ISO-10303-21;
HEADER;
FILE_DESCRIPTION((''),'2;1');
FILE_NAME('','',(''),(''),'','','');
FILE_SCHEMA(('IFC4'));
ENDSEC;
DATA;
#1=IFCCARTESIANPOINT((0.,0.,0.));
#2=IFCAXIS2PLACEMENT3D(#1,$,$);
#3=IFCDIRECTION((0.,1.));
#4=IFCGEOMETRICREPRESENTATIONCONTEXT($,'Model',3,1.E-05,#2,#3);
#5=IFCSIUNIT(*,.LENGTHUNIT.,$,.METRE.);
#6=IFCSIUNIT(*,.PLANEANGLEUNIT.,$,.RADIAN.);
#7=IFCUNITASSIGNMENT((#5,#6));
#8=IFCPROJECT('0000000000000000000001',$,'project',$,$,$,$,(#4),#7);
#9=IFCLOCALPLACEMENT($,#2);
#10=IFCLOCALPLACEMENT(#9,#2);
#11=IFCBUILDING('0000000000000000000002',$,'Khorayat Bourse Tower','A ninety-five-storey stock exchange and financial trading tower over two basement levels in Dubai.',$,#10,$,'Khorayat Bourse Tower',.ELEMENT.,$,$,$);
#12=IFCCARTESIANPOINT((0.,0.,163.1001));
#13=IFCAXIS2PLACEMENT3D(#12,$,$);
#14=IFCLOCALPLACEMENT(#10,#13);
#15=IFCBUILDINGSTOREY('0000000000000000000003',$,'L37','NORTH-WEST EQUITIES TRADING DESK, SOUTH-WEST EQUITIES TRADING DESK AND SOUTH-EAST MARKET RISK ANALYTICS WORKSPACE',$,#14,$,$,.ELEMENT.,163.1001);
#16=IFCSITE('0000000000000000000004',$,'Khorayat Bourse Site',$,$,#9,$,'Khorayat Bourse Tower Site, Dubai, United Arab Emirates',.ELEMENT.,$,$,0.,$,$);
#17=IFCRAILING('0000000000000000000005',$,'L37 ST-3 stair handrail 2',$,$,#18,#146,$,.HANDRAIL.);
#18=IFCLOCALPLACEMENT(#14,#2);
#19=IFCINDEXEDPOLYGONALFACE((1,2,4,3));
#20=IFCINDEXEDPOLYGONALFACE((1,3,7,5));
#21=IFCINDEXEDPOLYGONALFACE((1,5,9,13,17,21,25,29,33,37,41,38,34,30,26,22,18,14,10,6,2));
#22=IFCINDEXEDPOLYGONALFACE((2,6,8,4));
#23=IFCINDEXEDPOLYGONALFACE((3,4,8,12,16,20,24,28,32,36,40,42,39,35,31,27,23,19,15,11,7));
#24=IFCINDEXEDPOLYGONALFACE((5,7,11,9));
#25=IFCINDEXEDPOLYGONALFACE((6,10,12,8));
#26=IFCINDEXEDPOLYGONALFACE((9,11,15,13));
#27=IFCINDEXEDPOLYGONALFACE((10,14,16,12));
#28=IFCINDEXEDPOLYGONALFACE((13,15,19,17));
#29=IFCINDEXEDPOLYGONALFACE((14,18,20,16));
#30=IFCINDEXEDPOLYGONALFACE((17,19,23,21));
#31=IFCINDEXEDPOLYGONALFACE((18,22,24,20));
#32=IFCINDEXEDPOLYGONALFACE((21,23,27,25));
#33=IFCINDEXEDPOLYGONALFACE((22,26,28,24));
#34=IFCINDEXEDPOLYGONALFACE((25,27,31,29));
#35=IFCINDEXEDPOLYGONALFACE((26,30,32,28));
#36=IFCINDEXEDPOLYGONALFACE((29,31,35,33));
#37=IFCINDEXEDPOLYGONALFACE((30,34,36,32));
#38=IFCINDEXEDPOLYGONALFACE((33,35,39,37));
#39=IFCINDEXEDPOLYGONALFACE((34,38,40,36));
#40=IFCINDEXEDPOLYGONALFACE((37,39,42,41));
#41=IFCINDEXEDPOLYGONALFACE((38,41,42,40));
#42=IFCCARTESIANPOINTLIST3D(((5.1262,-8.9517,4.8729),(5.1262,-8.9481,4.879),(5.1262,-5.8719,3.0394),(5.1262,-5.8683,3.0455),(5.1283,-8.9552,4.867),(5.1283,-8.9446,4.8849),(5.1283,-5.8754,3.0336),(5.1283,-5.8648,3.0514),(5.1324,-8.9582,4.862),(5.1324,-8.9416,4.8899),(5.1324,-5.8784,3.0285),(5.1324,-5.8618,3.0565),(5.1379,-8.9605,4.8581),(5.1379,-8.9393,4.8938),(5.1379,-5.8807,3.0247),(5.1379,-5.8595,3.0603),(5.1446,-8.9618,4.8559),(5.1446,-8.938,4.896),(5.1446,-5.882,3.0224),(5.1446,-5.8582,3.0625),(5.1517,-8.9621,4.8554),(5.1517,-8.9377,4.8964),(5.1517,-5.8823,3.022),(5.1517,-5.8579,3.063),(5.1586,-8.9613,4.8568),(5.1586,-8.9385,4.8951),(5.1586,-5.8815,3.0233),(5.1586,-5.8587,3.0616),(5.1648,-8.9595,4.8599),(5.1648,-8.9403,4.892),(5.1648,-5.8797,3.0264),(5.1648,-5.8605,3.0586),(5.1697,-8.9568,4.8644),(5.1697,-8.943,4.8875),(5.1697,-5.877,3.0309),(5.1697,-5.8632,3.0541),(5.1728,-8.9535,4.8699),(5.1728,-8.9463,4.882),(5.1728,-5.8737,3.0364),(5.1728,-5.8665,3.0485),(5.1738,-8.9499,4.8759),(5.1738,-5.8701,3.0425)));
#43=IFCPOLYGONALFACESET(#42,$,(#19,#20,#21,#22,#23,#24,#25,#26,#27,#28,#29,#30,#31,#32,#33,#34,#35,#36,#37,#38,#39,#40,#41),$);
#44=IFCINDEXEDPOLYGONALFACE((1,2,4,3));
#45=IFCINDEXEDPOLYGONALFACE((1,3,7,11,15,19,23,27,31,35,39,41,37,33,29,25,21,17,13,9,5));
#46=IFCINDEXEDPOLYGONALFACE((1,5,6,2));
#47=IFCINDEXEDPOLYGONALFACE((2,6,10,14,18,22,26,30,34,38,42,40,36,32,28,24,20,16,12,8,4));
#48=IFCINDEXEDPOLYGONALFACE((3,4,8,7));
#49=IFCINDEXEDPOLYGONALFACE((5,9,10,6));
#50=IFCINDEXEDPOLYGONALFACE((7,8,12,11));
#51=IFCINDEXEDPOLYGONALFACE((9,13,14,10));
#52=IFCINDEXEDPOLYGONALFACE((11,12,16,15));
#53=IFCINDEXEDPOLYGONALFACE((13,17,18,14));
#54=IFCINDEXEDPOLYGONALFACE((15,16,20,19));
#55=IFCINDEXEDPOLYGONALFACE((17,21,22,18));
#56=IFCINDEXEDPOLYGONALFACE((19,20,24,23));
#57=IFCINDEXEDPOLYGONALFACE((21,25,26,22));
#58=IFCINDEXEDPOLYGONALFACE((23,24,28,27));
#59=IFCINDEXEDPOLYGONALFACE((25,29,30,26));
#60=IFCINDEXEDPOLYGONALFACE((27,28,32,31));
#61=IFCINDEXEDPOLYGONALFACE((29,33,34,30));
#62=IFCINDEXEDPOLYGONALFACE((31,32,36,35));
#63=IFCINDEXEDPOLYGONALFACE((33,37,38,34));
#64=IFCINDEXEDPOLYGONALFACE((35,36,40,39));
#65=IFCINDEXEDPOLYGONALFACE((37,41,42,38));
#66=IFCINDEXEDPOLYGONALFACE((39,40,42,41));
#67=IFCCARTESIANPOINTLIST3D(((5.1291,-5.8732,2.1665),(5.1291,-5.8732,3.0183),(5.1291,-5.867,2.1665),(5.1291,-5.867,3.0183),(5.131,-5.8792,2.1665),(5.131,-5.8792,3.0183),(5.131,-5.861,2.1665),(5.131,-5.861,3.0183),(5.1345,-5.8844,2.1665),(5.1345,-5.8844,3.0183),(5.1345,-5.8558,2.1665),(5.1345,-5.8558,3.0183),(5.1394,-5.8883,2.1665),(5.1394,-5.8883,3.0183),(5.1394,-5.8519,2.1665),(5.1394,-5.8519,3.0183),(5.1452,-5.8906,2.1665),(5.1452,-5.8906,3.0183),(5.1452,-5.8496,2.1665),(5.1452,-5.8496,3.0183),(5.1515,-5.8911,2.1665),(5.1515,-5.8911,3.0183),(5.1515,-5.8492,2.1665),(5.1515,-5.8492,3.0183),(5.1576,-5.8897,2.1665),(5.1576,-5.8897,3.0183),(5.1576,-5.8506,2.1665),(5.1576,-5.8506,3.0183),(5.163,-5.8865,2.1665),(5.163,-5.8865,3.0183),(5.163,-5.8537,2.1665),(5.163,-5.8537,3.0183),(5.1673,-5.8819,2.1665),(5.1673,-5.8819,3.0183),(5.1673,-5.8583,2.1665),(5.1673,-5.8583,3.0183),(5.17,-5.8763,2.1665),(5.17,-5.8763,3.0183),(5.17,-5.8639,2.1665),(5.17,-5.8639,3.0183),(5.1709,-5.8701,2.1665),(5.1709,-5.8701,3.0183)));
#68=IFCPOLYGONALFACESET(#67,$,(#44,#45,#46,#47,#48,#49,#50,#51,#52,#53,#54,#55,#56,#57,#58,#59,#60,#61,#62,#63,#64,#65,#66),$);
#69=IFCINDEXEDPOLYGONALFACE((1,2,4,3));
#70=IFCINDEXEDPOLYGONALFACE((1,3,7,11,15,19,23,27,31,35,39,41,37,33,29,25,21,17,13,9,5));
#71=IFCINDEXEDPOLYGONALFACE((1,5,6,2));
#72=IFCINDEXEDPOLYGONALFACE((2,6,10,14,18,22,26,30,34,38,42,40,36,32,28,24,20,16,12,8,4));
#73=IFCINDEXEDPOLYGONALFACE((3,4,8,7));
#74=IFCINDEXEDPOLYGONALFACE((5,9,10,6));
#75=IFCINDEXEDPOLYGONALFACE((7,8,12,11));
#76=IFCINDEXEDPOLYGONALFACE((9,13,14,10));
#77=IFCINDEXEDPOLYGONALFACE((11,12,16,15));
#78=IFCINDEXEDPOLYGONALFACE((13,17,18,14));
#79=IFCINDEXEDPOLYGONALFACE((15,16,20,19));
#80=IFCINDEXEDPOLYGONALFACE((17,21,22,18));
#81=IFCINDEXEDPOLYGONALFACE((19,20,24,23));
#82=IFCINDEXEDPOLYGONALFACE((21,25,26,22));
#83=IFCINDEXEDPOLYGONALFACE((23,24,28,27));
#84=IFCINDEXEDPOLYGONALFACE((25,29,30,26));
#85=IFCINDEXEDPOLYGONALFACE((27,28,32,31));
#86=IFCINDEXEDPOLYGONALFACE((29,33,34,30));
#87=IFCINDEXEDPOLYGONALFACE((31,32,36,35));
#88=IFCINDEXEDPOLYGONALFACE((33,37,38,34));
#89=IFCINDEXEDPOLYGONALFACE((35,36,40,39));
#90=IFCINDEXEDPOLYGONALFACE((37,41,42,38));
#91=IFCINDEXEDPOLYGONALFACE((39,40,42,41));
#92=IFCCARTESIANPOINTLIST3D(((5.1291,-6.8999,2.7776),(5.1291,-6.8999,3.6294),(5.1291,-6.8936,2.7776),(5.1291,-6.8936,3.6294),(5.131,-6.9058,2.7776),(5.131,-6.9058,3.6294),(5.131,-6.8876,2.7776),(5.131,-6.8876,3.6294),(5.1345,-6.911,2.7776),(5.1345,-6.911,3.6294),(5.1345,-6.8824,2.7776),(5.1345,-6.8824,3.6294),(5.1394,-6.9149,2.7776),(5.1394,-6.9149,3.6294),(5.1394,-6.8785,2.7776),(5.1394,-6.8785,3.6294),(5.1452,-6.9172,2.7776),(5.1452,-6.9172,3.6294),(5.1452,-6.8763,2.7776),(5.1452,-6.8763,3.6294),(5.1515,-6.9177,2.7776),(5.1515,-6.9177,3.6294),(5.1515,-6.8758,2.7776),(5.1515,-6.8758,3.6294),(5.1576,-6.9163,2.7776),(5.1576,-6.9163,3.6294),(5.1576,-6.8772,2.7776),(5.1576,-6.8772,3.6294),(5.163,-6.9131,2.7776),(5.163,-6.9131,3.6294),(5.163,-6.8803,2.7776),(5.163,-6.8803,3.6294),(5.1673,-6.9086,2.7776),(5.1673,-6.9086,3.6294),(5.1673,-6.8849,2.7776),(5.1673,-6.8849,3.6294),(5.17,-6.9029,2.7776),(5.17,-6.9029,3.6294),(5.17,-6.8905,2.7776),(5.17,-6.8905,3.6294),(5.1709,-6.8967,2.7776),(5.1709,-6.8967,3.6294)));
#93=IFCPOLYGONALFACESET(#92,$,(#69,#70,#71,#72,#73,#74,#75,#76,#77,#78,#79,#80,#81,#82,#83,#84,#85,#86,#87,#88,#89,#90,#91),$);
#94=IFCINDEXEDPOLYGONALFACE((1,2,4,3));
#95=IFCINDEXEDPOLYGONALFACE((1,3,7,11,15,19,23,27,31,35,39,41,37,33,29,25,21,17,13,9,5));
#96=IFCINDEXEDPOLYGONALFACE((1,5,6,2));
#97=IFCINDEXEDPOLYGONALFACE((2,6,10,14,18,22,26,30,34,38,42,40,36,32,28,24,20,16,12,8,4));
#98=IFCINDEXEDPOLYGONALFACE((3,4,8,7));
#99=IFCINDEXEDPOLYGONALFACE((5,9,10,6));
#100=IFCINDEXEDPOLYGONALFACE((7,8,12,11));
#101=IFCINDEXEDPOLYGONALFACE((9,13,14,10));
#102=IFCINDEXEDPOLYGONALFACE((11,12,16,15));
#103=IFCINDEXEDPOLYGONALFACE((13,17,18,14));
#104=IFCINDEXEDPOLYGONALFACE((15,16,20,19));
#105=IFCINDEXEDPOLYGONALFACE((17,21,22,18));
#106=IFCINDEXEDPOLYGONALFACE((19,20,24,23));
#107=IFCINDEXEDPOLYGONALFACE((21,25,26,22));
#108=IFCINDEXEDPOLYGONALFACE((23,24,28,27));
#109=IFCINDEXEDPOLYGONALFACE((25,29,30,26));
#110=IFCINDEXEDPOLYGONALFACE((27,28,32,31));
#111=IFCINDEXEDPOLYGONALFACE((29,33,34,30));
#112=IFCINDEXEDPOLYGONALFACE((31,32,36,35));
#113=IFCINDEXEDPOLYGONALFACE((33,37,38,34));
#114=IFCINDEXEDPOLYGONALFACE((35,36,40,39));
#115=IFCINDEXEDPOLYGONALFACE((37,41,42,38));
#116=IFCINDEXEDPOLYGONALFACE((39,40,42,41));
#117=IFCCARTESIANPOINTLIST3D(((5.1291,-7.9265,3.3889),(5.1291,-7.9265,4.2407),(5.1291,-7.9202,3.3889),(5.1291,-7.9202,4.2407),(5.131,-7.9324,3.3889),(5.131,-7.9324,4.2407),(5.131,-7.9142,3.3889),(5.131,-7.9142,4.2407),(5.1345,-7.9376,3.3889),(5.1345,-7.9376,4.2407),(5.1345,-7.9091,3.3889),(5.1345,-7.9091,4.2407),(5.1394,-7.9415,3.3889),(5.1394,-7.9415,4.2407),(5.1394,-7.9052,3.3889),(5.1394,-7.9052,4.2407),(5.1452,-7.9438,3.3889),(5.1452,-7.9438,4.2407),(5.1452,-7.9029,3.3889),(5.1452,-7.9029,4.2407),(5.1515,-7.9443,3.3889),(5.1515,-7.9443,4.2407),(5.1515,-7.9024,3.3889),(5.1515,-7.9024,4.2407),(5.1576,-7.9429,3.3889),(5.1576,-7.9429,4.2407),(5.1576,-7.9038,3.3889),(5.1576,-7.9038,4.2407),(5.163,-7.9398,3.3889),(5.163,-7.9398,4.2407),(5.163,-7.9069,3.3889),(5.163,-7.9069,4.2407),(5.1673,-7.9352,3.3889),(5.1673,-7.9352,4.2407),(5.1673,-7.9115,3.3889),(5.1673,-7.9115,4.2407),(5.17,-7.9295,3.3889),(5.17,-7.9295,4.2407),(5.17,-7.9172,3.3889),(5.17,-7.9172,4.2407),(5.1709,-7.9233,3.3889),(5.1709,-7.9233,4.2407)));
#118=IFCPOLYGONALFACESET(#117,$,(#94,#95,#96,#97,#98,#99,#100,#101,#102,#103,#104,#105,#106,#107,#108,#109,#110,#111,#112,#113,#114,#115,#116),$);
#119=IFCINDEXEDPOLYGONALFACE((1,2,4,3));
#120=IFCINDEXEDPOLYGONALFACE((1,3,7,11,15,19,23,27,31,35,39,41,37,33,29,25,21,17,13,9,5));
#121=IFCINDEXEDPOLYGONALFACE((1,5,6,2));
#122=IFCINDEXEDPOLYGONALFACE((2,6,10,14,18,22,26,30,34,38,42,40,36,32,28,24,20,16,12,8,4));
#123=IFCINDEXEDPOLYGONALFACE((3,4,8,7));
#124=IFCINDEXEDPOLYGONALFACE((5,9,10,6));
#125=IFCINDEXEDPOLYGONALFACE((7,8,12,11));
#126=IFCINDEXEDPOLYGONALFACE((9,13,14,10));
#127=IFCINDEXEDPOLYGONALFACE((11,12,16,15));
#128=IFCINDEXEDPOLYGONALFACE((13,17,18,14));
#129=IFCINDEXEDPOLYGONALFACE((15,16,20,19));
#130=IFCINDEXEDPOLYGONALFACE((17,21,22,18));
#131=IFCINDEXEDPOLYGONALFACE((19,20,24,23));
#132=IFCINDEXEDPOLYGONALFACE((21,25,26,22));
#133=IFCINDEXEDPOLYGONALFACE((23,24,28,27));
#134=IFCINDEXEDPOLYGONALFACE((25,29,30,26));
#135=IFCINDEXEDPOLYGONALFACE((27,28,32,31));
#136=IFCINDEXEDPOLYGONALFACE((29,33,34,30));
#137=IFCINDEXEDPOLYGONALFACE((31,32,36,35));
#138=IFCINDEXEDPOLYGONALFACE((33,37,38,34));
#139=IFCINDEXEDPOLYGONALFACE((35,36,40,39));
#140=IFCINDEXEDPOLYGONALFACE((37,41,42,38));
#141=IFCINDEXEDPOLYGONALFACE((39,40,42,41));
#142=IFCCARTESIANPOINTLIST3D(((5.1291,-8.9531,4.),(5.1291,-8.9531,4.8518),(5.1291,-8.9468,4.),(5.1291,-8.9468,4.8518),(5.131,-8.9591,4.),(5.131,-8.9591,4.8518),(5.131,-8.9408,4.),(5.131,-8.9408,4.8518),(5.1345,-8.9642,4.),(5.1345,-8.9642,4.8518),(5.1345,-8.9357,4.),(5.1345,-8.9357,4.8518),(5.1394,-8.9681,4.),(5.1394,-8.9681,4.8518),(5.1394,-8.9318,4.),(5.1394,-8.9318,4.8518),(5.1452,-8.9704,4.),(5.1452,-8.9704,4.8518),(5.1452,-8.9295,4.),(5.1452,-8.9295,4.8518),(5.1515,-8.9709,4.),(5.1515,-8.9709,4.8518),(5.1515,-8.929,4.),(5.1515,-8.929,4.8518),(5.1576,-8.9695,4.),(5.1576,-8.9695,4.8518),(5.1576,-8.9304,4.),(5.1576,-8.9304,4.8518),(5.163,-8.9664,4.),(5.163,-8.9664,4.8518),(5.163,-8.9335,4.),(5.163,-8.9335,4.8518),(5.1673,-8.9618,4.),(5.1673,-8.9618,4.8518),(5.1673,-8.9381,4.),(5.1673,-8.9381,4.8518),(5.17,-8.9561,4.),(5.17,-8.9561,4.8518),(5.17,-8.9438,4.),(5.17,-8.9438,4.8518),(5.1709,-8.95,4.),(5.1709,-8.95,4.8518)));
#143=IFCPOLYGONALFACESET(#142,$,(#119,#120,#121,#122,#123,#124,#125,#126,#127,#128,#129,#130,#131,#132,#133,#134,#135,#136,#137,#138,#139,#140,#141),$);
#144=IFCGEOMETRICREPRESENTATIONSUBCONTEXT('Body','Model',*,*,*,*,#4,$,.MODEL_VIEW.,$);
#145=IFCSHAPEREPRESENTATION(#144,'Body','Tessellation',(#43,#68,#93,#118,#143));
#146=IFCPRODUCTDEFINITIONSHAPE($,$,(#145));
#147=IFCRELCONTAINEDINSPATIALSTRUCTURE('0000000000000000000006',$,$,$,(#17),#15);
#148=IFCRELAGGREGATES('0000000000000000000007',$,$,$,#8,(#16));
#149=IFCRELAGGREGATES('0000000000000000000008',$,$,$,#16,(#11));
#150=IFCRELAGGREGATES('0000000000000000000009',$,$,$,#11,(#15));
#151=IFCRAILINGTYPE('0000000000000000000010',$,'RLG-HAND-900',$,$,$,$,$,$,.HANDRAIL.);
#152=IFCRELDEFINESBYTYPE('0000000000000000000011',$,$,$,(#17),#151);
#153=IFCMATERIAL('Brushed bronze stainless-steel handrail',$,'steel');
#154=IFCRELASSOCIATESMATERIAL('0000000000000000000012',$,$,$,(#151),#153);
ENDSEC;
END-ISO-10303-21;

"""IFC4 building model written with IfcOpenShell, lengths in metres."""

from ifc_helpers import new_model, si_unit, direction, frame, origin, origin_2d, place, context, subcontext, project, spatial, circle, extrude, source, transform, mapped, material, type_object, element, save


model = new_model("IFC4")

# Units and contexts
model_context = context("Model", 3, precision=1e-05, world=origin(), true_north=direction((0.0, 1.0)))
body_context = subcontext(model_context, "Body", "Model", "MODEL_VIEW")
ifc_project = project(units=[si_unit("LENGTHUNIT", "METRE"), si_unit("PLANEANGLEUNIT", "RADIAN")], contexts=[model_context])

# Site, building, storey
site_placement = place(None, origin())
site = spatial("IfcSite", under=ifc_project, at=site_placement, Name="Khorayat Bourse Site", LongName="Khorayat Bourse Tower Site, Dubai, United Arab Emirates", CompositionType="ELEMENT", RefElevation=0.0)
building_placement = place(site_placement, origin())
building = spatial("IfcBuilding", under=site, at=building_placement, Name="Khorayat Bourse Tower", Description="A ninety-five-storey stock exchange and financial trading tower over two basement levels in Dubai.", LongName="Khorayat Bourse Tower", CompositionType="ELEMENT")
storey_placement = place(building_placement, frame((0.0, 0.0, 163.1001)))
storey = spatial("IfcBuildingStorey", under=building, at=storey_placement, Name="L37", Description="NORTH-WEST EQUITIES TRADING DESK, SOUTH-WEST EQUITIES TRADING DESK AND SOUTH-EAST MARKET RISK ANALYTICS WORKSPACE", CompositionType="ELEMENT", Elevation=163.1001)

# Railing
ifc_material_1 = material(Name="Brushed bronze stainless-steel handrail", Category="steel")
railing_type = type_object("IfcRailingType", Name="RLG-HAND-900", PredefinedType="HANDRAIL", material=ifc_material_1)
shared_shape_1 = source(origin(), body_context, "Body", "SweptSolid", [
    extrude(circle(Radius=0.0239, at=origin_2d()), frame((0.0, 0.0, 0.876), z_axis=(0.0, -0.859261, 0.511538), x_axis=(1.0, 0.0, 0.0)), (0.0, 0.0, 1.0), 3.5842),
    extrude(circle(Radius=0.021, at=origin_2d()), origin(), (0.0, 0.0, 1.0), 0.8518),
    extrude(circle(Radius=0.021, at=origin_2d()), frame((0.0, -1.0266, 0.6111)), (0.0, 0.0, 1.0), 0.8518),
    extrude(circle(Radius=0.021, at=origin_2d()), frame((0.0, -2.0532, 1.2224)), (0.0, 0.0, 1.0), 0.8518),
    extrude(circle(Radius=0.021, at=origin_2d()), frame((0.0, -3.0798, 1.8335)), (0.0, 0.0, 1.0), 0.8518),
])
railing_placement = place(storey_placement, frame((5.1499, -5.8701, 2.1665)))
element("IfcRailing", 1, at=railing_placement, inside=storey, type_object=railing_type, Name="L37 ST-3 stair handrail 2", PredefinedType="HANDRAIL", context=body_context, shape_type="MappedRepresentation", body=[
    mapped(shared_shape_1, transform((0.0, 0.0, 0.0), scale=1.0)),
])

save(model, "model.ifc")
